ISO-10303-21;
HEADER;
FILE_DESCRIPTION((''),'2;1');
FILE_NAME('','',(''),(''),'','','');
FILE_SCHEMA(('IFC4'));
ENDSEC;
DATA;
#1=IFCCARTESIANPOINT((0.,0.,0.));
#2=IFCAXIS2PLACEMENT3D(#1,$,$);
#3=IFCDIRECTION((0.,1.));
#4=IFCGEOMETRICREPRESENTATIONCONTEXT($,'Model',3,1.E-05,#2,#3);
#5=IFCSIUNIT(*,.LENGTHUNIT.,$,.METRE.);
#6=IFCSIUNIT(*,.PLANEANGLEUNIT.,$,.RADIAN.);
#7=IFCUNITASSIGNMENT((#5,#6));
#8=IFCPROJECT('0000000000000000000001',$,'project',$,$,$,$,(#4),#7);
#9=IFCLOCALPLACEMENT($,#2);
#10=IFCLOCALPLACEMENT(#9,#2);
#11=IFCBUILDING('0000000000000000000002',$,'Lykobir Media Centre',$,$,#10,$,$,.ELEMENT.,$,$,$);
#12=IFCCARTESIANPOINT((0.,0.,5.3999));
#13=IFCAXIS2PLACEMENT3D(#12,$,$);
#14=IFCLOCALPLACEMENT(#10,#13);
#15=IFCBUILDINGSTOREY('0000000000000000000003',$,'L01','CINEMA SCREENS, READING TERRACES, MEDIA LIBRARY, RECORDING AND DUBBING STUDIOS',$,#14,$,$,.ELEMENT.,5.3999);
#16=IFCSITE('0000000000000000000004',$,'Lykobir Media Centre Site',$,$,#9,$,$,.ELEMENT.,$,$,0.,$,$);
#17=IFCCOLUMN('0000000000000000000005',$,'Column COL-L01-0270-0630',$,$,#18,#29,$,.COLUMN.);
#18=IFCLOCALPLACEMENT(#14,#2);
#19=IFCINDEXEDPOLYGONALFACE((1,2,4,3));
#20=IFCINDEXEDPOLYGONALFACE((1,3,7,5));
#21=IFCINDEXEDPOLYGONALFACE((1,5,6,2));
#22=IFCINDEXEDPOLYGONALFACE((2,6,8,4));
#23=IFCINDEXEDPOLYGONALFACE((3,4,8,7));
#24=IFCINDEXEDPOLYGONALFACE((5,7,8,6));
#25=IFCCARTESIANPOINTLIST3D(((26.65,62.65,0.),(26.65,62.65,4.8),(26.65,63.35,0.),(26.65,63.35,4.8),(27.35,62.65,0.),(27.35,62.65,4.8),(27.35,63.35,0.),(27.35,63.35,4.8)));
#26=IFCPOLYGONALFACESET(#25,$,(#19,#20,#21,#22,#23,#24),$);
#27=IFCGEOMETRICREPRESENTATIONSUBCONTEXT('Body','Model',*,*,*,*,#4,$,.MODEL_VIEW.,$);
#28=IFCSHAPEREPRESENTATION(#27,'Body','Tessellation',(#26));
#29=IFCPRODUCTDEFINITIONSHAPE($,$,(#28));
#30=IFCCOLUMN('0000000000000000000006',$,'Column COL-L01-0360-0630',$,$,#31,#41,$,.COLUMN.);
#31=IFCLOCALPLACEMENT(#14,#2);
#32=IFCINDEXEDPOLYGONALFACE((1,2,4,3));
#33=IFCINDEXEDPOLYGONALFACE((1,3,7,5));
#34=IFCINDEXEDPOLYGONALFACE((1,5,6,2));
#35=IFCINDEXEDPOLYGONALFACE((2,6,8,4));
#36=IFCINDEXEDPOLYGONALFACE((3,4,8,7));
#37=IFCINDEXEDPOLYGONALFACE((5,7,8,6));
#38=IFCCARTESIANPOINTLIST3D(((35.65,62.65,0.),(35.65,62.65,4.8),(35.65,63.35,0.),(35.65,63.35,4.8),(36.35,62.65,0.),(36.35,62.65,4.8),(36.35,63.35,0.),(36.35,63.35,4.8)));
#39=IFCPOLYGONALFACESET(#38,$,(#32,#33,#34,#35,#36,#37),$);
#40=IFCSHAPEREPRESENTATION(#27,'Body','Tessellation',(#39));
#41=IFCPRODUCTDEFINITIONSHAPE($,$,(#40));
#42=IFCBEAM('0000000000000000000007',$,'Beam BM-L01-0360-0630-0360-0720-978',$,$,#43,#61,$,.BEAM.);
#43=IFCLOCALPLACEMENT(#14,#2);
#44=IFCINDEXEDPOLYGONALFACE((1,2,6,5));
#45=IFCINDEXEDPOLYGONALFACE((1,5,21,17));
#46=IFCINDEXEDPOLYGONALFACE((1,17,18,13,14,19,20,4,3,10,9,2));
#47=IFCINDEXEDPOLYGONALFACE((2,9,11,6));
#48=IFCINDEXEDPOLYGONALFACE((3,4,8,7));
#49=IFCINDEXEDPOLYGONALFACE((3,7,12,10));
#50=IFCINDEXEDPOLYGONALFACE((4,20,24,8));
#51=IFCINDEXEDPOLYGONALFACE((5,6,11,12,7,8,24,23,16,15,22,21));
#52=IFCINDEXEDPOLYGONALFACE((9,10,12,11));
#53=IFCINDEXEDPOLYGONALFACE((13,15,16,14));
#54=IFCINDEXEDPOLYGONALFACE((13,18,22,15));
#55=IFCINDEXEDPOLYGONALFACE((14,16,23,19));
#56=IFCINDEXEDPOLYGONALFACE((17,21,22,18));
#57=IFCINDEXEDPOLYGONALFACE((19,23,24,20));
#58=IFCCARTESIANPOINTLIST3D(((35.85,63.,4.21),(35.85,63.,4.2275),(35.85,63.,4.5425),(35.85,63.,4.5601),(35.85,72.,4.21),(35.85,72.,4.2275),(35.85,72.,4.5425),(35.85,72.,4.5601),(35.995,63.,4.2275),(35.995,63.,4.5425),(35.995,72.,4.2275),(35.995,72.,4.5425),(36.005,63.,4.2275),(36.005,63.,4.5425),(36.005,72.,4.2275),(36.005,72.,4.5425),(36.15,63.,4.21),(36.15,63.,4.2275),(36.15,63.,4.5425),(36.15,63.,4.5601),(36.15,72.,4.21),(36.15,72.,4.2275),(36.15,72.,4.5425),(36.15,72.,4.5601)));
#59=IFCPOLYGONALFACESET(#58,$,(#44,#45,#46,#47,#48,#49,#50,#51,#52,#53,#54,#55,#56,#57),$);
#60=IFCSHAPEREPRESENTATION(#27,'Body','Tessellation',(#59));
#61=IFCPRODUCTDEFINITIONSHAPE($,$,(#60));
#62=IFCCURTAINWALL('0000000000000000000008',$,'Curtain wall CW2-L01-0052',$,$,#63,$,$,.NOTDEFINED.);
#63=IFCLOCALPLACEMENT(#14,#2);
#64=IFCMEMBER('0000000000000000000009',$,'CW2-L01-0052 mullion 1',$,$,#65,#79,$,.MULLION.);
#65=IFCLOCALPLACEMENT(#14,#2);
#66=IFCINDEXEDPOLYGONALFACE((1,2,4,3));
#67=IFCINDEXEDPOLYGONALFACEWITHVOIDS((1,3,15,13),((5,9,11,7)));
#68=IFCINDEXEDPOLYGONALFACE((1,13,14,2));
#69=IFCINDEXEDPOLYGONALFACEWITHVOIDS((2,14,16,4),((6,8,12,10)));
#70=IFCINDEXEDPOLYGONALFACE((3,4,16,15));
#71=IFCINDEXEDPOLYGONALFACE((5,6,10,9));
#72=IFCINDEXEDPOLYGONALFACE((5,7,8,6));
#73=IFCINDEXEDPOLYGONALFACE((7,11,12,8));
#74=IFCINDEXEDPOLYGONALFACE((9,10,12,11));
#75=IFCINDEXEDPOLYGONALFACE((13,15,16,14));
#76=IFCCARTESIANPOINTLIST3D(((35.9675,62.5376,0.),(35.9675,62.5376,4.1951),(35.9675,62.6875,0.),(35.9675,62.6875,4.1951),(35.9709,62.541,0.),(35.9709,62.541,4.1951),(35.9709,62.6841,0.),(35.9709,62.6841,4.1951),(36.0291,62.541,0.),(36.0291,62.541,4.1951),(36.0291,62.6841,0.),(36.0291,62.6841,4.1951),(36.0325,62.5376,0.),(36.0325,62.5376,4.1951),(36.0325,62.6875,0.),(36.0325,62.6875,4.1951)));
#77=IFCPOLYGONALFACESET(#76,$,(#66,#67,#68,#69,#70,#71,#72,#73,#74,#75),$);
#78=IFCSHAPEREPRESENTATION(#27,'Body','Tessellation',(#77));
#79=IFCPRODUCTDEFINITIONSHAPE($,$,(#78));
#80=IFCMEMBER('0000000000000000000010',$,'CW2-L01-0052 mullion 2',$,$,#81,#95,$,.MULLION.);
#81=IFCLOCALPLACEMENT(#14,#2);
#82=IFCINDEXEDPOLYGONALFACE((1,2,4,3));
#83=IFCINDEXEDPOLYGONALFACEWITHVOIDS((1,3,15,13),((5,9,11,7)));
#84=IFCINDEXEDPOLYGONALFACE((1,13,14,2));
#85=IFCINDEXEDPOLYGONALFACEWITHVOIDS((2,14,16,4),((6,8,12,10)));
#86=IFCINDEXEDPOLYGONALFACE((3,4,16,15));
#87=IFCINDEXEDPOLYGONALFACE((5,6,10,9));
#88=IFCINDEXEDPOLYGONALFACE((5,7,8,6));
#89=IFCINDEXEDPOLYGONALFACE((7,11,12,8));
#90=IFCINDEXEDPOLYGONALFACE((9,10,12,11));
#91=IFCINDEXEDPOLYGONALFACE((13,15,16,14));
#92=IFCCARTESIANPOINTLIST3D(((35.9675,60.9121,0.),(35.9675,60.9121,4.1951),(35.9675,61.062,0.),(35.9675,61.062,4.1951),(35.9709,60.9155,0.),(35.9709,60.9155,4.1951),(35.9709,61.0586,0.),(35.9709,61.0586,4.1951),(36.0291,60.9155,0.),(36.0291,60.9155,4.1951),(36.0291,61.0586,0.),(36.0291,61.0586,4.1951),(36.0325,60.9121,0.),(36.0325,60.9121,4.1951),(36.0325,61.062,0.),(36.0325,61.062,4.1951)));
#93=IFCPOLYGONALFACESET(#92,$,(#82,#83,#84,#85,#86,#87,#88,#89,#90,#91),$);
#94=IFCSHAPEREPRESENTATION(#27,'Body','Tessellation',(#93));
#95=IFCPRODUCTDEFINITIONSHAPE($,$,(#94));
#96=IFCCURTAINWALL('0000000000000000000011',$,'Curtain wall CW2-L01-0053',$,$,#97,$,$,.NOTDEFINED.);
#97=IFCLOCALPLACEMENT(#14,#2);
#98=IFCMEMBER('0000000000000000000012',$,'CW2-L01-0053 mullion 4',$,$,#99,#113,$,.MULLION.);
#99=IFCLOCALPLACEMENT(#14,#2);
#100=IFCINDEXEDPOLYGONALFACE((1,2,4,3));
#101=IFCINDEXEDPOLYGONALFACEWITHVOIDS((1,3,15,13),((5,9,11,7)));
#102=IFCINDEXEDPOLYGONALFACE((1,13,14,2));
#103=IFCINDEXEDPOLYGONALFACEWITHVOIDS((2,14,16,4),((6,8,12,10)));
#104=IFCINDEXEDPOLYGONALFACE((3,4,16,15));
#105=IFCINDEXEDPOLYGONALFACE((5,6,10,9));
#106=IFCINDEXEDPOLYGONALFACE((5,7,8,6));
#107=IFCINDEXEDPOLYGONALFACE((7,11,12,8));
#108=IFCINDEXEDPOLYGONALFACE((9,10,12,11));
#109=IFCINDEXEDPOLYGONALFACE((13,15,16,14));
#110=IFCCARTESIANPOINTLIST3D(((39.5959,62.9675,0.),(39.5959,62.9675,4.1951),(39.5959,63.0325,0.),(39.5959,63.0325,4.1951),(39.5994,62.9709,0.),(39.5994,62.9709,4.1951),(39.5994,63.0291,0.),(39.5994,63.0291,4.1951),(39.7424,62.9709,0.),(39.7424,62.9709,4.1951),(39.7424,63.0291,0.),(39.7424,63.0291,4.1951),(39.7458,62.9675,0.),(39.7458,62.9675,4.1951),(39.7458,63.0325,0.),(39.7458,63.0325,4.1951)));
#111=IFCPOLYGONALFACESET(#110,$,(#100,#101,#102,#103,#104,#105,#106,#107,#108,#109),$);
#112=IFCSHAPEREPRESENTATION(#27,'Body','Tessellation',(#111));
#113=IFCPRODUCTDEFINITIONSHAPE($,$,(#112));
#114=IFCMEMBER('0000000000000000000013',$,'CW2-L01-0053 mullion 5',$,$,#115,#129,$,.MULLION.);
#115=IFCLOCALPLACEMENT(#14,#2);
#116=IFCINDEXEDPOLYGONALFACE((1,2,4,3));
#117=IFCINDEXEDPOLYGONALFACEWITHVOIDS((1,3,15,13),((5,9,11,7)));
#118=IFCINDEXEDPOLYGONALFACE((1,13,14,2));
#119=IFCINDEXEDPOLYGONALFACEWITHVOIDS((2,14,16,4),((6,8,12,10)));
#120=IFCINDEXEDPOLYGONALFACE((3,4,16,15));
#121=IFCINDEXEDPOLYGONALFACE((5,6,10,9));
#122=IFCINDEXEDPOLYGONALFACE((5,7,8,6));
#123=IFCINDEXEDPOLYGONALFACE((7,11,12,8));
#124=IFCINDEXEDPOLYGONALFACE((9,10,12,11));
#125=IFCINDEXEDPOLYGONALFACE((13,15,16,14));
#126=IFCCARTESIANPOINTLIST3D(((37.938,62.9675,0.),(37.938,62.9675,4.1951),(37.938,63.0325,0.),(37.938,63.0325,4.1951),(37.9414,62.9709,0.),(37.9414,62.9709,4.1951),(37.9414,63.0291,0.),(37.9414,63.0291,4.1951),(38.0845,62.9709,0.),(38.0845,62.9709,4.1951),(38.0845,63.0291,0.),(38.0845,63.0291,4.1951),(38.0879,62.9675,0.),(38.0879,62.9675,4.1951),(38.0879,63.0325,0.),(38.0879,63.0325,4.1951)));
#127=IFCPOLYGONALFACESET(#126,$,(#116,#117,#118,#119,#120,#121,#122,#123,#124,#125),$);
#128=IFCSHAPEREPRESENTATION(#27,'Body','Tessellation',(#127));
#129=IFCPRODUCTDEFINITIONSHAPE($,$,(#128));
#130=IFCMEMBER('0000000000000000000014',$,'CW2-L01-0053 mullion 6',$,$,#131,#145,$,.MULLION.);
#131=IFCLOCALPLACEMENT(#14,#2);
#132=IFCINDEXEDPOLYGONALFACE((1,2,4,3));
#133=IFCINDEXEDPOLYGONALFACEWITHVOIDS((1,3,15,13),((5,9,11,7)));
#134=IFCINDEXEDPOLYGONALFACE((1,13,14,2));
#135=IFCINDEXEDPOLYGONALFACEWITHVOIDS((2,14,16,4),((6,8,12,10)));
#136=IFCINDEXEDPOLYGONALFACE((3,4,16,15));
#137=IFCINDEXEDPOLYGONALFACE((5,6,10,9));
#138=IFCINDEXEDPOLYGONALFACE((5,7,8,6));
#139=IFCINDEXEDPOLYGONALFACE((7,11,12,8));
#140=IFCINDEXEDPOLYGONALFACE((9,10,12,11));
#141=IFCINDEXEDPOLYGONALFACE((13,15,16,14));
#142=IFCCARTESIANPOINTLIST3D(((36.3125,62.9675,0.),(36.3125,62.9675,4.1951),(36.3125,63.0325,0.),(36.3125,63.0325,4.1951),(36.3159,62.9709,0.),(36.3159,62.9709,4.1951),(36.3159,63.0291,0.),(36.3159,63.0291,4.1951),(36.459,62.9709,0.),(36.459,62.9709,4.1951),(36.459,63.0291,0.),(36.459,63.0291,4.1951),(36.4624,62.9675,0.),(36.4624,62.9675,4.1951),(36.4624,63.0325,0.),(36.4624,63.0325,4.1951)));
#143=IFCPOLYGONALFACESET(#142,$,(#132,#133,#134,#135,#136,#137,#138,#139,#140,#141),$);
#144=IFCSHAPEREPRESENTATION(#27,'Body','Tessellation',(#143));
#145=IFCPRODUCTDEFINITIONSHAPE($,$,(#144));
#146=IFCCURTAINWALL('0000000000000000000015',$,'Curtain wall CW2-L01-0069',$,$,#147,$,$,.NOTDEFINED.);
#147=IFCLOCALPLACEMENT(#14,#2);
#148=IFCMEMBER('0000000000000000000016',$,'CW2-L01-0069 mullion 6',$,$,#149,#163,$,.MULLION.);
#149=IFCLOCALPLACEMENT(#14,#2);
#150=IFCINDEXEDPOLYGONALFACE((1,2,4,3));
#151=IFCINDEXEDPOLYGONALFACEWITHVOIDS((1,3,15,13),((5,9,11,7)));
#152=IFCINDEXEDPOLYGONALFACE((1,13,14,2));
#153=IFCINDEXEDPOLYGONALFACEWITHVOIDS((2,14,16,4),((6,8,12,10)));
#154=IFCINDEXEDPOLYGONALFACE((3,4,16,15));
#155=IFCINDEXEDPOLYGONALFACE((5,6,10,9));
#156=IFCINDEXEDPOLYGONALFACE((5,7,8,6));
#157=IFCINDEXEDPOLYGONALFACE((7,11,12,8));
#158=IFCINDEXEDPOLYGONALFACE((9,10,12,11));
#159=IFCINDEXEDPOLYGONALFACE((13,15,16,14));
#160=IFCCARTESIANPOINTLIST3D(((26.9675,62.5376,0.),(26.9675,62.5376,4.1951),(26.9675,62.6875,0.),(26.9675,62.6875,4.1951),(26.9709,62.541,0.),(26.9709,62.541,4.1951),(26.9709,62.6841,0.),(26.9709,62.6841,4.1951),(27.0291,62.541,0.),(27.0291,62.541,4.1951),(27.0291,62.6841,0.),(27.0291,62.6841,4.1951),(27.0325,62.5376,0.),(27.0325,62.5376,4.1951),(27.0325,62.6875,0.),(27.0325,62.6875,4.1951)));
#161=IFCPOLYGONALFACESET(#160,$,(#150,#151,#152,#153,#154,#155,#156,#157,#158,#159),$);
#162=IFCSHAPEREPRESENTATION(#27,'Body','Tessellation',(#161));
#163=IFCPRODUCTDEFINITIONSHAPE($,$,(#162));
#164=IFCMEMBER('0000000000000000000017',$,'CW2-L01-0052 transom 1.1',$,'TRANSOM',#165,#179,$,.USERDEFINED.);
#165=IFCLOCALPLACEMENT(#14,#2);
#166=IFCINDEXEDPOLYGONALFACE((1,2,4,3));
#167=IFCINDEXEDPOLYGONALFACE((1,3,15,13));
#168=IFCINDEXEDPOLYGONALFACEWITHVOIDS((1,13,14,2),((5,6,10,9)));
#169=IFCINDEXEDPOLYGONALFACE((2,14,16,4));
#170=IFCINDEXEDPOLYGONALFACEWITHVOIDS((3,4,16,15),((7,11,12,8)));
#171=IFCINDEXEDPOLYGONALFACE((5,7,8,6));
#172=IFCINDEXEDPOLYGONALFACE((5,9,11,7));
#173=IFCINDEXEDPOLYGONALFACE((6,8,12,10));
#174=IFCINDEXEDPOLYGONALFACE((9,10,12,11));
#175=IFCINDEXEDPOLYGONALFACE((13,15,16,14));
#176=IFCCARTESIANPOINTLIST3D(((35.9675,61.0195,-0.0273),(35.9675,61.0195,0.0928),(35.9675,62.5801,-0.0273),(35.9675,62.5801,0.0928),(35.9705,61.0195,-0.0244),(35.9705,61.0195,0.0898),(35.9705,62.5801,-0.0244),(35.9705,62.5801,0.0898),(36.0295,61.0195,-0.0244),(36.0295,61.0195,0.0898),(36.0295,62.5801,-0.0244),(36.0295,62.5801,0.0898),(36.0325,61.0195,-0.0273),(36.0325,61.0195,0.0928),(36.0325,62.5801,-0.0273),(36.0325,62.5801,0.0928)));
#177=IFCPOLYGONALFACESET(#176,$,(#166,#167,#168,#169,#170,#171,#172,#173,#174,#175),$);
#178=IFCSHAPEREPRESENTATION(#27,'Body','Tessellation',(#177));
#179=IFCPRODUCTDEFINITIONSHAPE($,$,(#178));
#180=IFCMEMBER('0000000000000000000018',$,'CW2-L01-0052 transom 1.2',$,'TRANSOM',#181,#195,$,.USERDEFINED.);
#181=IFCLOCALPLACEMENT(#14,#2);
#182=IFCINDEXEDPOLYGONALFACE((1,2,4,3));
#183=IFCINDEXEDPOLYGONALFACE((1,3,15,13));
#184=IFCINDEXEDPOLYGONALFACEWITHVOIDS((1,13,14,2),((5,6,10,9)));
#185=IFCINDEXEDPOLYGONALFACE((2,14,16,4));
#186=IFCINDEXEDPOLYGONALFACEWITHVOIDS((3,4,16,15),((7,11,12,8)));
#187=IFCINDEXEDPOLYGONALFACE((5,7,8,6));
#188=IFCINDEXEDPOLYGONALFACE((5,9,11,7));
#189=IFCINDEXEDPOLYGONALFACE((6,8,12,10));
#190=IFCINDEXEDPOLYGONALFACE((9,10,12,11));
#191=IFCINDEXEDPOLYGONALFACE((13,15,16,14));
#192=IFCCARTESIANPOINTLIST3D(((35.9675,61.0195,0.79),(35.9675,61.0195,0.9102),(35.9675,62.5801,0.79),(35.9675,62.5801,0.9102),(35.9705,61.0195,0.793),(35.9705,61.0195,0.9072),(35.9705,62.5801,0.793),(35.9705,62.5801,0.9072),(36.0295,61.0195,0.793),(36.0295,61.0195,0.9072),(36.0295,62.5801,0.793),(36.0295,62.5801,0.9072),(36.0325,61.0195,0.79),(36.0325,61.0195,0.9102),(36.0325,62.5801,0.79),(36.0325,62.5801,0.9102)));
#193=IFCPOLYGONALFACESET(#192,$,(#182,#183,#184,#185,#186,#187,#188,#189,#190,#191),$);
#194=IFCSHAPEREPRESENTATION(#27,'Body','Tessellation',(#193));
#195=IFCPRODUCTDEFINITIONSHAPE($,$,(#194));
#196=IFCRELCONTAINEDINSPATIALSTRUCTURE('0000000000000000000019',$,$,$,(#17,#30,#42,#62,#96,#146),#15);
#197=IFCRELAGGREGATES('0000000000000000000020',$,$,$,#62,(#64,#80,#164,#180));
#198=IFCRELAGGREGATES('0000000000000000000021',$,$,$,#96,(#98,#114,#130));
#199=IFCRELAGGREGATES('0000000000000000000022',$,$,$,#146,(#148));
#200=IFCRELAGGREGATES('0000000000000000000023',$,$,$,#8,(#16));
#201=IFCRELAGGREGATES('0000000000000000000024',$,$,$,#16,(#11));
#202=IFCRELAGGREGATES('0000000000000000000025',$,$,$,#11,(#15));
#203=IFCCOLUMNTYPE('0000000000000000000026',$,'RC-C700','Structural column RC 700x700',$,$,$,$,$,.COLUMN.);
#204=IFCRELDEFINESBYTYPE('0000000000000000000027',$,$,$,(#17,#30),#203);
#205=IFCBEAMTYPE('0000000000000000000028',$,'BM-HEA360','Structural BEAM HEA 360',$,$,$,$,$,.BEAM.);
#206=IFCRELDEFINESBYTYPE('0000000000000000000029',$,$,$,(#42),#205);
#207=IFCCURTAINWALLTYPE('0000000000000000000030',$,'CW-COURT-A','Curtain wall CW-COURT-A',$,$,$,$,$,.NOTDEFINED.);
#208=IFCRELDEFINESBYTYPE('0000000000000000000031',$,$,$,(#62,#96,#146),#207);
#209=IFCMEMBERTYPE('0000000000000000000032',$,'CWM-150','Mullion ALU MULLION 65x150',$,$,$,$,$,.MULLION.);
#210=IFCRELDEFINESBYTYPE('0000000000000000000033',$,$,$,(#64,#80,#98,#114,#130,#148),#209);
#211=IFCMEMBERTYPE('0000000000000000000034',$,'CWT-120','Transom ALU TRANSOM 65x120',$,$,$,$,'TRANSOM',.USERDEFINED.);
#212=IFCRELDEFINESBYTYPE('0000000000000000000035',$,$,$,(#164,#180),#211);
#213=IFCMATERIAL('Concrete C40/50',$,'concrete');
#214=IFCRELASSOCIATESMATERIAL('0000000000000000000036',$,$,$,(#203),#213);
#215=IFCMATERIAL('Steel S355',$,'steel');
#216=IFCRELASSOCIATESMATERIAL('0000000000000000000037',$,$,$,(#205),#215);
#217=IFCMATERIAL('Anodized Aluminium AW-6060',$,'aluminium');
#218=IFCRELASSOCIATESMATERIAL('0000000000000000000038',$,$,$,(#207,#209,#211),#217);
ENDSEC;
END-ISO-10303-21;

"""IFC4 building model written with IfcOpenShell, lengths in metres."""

from ifc_helpers import new_model, si_unit, direction, frame, origin, origin_2d, place, context, subcontext, project, spatial, rectangle, hollow_rectangle, i_section, extrude, material, material_profile, profile_set, type_object, element, aggregate, save


model = new_model("IFC4")

# Units and contexts
model_context = context("Model", 3, precision=1e-05, world=origin(), true_north=direction((0.0, 1.0)))
body_context = subcontext(model_context, "Body", "Model", "MODEL_VIEW")
ifc_project = project(units=[si_unit("LENGTHUNIT", "METRE"), si_unit("PLANEANGLEUNIT", "RADIAN")], contexts=[model_context])

# Site, building, storey
site_placement = place(None, origin())
site = spatial("IfcSite", under=ifc_project, at=site_placement, Name="Lykobir Media Centre Site", CompositionType="ELEMENT", RefElevation=0.0)
building_placement = place(site_placement, origin())
building = spatial("IfcBuilding", under=site, at=building_placement, Name="Lykobir Media Centre", CompositionType="ELEMENT")
storey_placement = place(building_placement, frame((0.0, 0.0, 5.3999)))
storey = spatial("IfcBuildingStorey", under=building, at=storey_placement, Name="L01", Description="CINEMA SCREENS, READING TERRACES, MEDIA LIBRARY, RECORDING AND DUBBING STUDIOS", CompositionType="ELEMENT", Elevation=5.3999)

# Columns
ifc_material_1 = material(Name="Concrete C40/50", Category="concrete")
ifc_material_profile_1 = material_profile(ifc_material_1, rectangle(XDim=0.7, YDim=0.7, at=origin_2d()), Name="RC 700x700")
ifc_profile_set_1 = profile_set([ifc_material_profile_1], Name="Concrete C40/50")
column_type = type_object("IfcColumnType", Name="RC-C700", Description="Structural column RC 700x700", PredefinedType="COLUMN", material=ifc_profile_set_1)
for number, where, z_axis, x_axis, name in (
    (1, (27.0, 63.0, 0.0), (0.0, 0.0, 1.0), (1.0, 0.0, 0.0), "Column COL-L01-0270-0630"),
    (2, (36.0, 63.0, 0.0), (0.0, 0.0, 1.0), (1.0, 0.0, 0.0), "Column COL-L01-0360-0630"),
):
    element("IfcColumn", number, at=place(storey_placement, frame(where, z_axis=z_axis, x_axis=x_axis)), inside=storey, type_object=column_type, Name=name, PredefinedType="COLUMN", context=body_context, shape_type="SweptSolid", body=[
        extrude(rectangle(XDim=0.7, YDim=0.7, at=origin_2d()), origin(), (0.0, 0.0, 1.0), 4.8),
    ])

# Beam
ifc_material_2 = material(Name="Steel S355", Category="steel")
ifc_material_profile_2 = material_profile(ifc_material_2, i_section(OverallWidth=0.3, OverallDepth=0.3501, WebThickness=0.01, FlangeThickness=0.0176, at=origin_2d()), Name="HEA 360")
ifc_profile_set_2 = profile_set([ifc_material_profile_2], Name="Steel S355")
beam_type_1 = type_object("IfcBeamType", Name="BM-HEA360", Description="Structural BEAM HEA 360", PredefinedType="BEAM", material=ifc_profile_set_2)
beam_placement = place(storey_placement, frame((36.0, 63.0, 4.385), z_axis=(0.0, 1.0, 0.0), x_axis=(-1.0, 0.0, 0.0)))
element("IfcBeam", 3, at=beam_placement, inside=storey, type_object=beam_type_1, Name="Beam BM-L01-0360-0630-0360-0720-978", PredefinedType="BEAM", context=body_context, shape_type="SweptSolid", body=[
    extrude(i_section(OverallWidth=0.3, OverallDepth=0.3501, WebThickness=0.01, FlangeThickness=0.0176, at=origin_2d()), origin(), (0.0, 0.0, 1.0), 9.0),
])

# Curtain walls, members
ifc_material_3 = material(Name="Anodized Aluminium AW-6060", Category="aluminium")
curtain_wall_type = type_object("IfcCurtainWallType", Name="CW-COURT-A", Description="Curtain wall CW-COURT-A", PredefinedType="NOTDEFINED", material=ifc_material_3)
curtain_wall_1_placement = place(storey_placement, origin())
curtain_wall_1 = element("IfcCurtainWall", 4, at=curtain_wall_1_placement, inside=storey, type_object=curtain_wall_type, Name="Curtain wall CW2-L01-0052", PredefinedType="NOTDEFINED")
ifc_material_profile_3 = material_profile(ifc_material_3, hollow_rectangle(XDim=0.0649, YDim=0.1499, WallThickness=0.0034, at=origin_2d()), Name="ALU MULLION 65x150")
ifc_profile_set_3 = profile_set([ifc_material_profile_3], Name="Anodized Aluminium AW-6060")
member_type_1 = type_object("IfcMemberType", Name="CWM-150", Description="Mullion ALU MULLION 65x150", PredefinedType="MULLION", material=ifc_profile_set_3)
member_1_placement = place(storey_placement, frame((36.0, 62.6125, 0.0), z_axis=(0.0, 0.0, 1.0), x_axis=(1.0, 0.0, 0.0)))
member_1 = element("IfcMember", 5, at=member_1_placement, type_object=member_type_1, Name="CW2-L01-0052 mullion 1", PredefinedType="MULLION", context=body_context, shape_type="SweptSolid", body=[
    extrude(hollow_rectangle(XDim=0.0649, YDim=0.1499, WallThickness=0.0034, at=origin_2d()), origin(), (0.0, 0.0, 1.0), 4.1951),
])
member_2_placement = place(storey_placement, frame((36.0, 60.9871, 0.0), z_axis=(0.0, 0.0, 1.0), x_axis=(1.0, 0.0, 0.0)))
member_2 = element("IfcMember", 6, at=member_2_placement, type_object=member_type_1, Name="CW2-L01-0052 mullion 2", PredefinedType="MULLION", context=body_context, shape_type="SweptSolid", body=[
    extrude(hollow_rectangle(XDim=0.0649, YDim=0.1499, WallThickness=0.0034, at=origin_2d()), origin(), (0.0, 0.0, 1.0), 4.1951),
])
curtain_wall_2_placement = place(storey_placement, origin())
curtain_wall_2 = element("IfcCurtainWall", 7, at=curtain_wall_2_placement, inside=storey, type_object=curtain_wall_type, Name="Curtain wall CW2-L01-0053", PredefinedType="NOTDEFINED")
member_3_placement = place(storey_placement, frame((39.6709, 63.0, 0.0), z_axis=(0.0, 0.0, 1.0), x_axis=(0.0, -1.0, 0.0)))
member_3 = element("IfcMember", 8, at=member_3_placement, type_object=member_type_1, Name="CW2-L01-0053 mullion 4", PredefinedType="MULLION", context=body_context, shape_type="SweptSolid", body=[
    extrude(hollow_rectangle(XDim=0.0649, YDim=0.1499, WallThickness=0.0034, at=origin_2d()), origin(), (0.0, 0.0, 1.0), 4.1951),
])
member_4_placement = place(storey_placement, frame((38.0129, 63.0, 0.0), z_axis=(0.0, 0.0, 1.0), x_axis=(0.0, -1.0, 0.0)))
member_4 = element("IfcMember", 9, at=member_4_placement, type_object=member_type_1, Name="CW2-L01-0053 mullion 5", PredefinedType="MULLION", context=body_context, shape_type="SweptSolid", body=[
    extrude(hollow_rectangle(XDim=0.0649, YDim=0.1499, WallThickness=0.0034, at=origin_2d()), origin(), (0.0, 0.0, 1.0), 4.1951),
])
member_5_placement = place(storey_placement, frame((36.3875, 63.0, 0.0), z_axis=(0.0, 0.0, 1.0), x_axis=(0.0, -1.0, 0.0)))
member_5 = element("IfcMember", 10, at=member_5_placement, type_object=member_type_1, Name="CW2-L01-0053 mullion 6", PredefinedType="MULLION", context=body_context, shape_type="SweptSolid", body=[
    extrude(hollow_rectangle(XDim=0.0649, YDim=0.1499, WallThickness=0.0034, at=origin_2d()), origin(), (0.0, 0.0, 1.0), 4.1951),
])

# Curtain wall, member
curtain_wall_3_placement = place(storey_placement, origin())
curtain_wall_3 = element("IfcCurtainWall", 11, at=curtain_wall_3_placement, inside=storey, type_object=curtain_wall_type, Name="Curtain wall CW2-L01-0069", PredefinedType="NOTDEFINED")
member_6_placement = place(storey_placement, frame((27.0, 62.6125, 0.0), z_axis=(0.0, 0.0, 1.0), x_axis=(-1.0, 0.0, 0.0)))
member_6 = element("IfcMember", 12, at=member_6_placement, type_object=member_type_1, Name="CW2-L01-0069 mullion 6", PredefinedType="MULLION", context=body_context, shape_type="SweptSolid", body=[
    extrude(hollow_rectangle(XDim=0.0649, YDim=0.1499, WallThickness=0.0034, at=origin_2d()), origin(), (0.0, 0.0, 1.0), 4.1951),
])

# Members
ifc_material_profile_4 = material_profile(ifc_material_3, hollow_rectangle(XDim=0.0649, YDim=0.1201, WallThickness=0.0029, at=origin_2d()), Name="ALU TRANSOM 65x120")
ifc_profile_set_4 = profile_set([ifc_material_profile_4], Name="Anodized Aluminium AW-6060")
member_type_2 = type_object("IfcMemberType", Name="CWT-120", Description="Transom ALU TRANSOM 65x120", ElementType="TRANSOM", PredefinedType="USERDEFINED", material=ifc_profile_set_4)
member_7_placement = place(storey_placement, frame((36.0, 62.5801, 0.0327), z_axis=(0.0, -1.0, 0.0), x_axis=(1.0, 0.0, 0.0)))
member_7 = element("IfcMember", 13, at=member_7_placement, type_object=member_type_2, Name="CW2-L01-0052 transom 1.1", ObjectType="TRANSOM", PredefinedType="USERDEFINED", context=body_context, shape_type="SweptSolid", body=[
    extrude(hollow_rectangle(XDim=0.0649, YDim=0.1201, WallThickness=0.0029, at=origin_2d()), origin(), (0.0, 0.0, 1.0), 1.5605),
])
member_8_placement = place(storey_placement, frame((36.0, 62.5801, 0.8501), z_axis=(0.0, -1.0, 0.0), x_axis=(1.0, 0.0, 0.0)))
member_8 = element("IfcMember", 14, at=member_8_placement, type_object=member_type_2, Name="CW2-L01-0052 transom 1.2", ObjectType="TRANSOM", PredefinedType="USERDEFINED", context=body_context, shape_type="SweptSolid", body=[
    extrude(hollow_rectangle(XDim=0.0649, YDim=0.1201, WallThickness=0.0029, at=origin_2d()), origin(), (0.0, 0.0, 1.0), 1.5605),
])

aggregate(curtain_wall_1, [member_1, member_2, member_7, member_8])
aggregate(curtain_wall_2, [member_3, member_4, member_5])
aggregate(curtain_wall_3, [member_6])

save(model, "model.ifc")
